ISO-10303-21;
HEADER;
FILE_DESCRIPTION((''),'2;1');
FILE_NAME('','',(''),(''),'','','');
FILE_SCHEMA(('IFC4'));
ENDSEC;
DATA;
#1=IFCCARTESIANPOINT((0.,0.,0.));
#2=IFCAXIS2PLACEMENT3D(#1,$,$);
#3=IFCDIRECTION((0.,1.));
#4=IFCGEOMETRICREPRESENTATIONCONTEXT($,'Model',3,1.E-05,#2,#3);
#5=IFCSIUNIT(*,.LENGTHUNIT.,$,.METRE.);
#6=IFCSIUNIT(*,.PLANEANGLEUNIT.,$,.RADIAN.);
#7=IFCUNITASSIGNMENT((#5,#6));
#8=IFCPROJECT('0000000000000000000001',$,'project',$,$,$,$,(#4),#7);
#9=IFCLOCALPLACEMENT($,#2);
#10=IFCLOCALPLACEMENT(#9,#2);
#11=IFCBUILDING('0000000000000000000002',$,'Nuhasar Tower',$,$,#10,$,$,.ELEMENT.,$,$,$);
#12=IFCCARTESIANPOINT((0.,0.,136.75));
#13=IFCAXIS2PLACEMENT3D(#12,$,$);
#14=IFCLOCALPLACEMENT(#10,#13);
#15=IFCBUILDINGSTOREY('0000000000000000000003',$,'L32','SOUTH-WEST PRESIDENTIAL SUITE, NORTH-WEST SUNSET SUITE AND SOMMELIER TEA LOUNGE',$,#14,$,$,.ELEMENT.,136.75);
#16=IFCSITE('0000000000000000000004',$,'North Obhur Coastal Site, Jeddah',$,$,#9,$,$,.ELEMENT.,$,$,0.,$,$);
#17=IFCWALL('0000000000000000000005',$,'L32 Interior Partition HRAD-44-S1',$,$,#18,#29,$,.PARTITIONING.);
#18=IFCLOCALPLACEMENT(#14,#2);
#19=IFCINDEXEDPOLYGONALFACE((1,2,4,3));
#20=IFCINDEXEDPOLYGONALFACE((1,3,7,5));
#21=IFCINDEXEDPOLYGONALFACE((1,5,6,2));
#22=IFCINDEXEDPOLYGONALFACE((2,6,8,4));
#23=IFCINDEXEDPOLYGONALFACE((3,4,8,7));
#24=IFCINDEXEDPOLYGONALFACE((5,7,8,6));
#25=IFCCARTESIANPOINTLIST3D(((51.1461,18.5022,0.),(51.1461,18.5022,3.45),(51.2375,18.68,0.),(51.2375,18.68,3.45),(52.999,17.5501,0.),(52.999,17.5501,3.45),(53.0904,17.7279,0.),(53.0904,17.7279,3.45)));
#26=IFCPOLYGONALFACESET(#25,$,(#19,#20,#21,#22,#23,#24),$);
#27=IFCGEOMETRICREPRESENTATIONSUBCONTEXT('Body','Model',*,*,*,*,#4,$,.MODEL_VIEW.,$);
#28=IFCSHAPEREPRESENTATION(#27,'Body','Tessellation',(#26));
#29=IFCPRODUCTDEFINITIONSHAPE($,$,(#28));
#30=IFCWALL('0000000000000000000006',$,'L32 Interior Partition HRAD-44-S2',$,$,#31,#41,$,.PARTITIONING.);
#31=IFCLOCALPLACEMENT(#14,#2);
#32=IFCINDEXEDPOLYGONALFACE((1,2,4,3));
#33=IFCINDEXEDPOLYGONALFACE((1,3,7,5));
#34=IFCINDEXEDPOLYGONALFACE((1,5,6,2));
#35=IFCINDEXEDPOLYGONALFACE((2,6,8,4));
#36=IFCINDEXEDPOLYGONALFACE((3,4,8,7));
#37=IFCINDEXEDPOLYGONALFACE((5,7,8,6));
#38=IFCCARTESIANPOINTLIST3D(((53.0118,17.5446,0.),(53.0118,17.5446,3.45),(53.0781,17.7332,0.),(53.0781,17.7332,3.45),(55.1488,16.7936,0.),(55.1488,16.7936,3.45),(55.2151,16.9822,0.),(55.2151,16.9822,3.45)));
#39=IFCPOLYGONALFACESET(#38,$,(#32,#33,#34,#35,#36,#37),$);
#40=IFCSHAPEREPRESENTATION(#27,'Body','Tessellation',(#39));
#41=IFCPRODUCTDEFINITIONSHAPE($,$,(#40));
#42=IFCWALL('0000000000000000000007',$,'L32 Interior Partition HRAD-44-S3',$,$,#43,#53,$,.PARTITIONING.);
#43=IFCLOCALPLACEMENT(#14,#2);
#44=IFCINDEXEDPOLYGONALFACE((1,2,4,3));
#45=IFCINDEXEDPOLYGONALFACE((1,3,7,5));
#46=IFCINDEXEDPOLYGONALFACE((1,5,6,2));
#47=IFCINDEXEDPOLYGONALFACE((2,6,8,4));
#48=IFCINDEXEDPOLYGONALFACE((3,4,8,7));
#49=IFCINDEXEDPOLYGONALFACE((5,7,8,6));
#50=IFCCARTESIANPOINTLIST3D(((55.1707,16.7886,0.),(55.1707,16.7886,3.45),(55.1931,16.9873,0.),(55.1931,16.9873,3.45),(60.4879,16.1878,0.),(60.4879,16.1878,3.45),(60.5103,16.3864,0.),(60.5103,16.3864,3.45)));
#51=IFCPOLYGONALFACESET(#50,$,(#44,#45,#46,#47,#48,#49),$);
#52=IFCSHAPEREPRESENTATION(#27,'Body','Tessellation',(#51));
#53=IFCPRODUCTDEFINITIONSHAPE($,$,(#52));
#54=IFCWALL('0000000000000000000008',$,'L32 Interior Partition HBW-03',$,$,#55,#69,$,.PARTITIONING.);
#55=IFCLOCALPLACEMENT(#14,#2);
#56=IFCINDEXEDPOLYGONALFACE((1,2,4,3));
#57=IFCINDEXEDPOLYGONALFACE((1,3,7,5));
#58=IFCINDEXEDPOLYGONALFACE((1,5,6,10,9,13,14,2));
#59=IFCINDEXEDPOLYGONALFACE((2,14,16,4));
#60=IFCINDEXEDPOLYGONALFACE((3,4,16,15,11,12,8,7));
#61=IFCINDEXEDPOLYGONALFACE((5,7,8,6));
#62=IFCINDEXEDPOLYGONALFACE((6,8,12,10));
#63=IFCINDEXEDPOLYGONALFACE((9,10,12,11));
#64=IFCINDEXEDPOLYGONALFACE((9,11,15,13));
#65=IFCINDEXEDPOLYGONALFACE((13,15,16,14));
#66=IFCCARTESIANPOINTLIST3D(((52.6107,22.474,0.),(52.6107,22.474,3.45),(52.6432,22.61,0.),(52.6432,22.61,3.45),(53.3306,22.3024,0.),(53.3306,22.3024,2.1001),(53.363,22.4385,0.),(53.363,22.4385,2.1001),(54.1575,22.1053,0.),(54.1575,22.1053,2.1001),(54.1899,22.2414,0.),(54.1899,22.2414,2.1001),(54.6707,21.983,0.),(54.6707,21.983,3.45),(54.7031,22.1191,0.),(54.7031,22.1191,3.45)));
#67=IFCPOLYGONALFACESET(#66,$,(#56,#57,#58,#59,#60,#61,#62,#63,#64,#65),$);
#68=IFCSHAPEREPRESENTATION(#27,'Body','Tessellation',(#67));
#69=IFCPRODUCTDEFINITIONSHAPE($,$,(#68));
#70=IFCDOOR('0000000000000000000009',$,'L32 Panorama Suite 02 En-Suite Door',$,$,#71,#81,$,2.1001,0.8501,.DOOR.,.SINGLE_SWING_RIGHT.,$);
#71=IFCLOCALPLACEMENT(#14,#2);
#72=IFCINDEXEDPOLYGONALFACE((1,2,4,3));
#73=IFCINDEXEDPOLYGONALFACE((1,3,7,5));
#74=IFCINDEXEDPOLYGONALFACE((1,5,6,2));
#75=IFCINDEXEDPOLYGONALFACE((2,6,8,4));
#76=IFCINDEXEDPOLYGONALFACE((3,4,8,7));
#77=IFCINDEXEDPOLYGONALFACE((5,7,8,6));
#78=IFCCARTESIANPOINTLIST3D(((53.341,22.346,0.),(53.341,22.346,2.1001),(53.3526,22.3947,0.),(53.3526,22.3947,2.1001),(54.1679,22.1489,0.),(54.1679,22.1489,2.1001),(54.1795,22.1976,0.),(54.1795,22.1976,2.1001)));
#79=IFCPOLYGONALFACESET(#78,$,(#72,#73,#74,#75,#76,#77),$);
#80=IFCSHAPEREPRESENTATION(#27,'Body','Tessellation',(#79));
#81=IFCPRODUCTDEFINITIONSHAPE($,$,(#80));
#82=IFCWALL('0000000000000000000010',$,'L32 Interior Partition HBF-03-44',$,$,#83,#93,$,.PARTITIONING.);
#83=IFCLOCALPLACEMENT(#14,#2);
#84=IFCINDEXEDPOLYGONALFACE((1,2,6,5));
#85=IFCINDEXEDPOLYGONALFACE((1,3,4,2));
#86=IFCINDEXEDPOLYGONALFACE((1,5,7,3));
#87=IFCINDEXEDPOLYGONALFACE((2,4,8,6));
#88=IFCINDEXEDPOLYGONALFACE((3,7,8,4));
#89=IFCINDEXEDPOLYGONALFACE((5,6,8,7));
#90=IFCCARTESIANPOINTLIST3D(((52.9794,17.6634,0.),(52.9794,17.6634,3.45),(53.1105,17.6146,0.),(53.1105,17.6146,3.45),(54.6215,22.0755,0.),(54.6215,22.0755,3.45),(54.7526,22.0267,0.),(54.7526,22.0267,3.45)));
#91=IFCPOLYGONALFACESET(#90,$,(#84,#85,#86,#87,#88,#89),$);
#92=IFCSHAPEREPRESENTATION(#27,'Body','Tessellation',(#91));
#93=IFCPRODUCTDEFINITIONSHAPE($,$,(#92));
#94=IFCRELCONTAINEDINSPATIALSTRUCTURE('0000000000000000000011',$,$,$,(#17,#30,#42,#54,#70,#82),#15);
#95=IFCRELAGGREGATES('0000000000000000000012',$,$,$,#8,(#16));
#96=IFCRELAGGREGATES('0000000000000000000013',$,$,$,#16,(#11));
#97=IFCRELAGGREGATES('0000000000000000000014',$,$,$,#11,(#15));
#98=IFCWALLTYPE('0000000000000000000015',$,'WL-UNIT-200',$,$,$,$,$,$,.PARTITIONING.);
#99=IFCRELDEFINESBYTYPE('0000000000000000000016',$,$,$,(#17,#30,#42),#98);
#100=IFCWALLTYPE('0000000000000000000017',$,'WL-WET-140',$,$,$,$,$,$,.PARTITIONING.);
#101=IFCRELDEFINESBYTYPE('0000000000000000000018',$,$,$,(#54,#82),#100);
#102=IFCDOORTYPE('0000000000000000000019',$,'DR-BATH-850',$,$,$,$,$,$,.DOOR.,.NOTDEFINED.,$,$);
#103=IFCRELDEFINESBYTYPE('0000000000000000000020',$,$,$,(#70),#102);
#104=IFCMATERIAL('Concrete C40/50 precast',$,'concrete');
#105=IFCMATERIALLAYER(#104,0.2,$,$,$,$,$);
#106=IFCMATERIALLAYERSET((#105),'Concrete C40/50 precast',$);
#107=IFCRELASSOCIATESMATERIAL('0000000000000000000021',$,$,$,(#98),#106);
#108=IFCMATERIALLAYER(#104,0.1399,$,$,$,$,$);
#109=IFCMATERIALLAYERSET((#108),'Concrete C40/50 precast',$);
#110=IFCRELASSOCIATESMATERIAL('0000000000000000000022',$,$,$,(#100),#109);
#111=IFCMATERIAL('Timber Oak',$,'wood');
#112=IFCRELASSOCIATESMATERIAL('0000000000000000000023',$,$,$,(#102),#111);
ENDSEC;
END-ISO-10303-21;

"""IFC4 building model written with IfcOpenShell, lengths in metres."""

from ifc_helpers import new_model, si_unit, direction, frame, frame_2d, origin, place, context, subcontext, project, spatial, rectangle, extrude, material, layer, layer_set, type_object, element, fill, save


model = new_model("IFC4")

# Units and contexts
model_context = context("Model", 3, precision=1e-05, world=origin(), true_north=direction((0.0, 1.0)))
body_context = subcontext(model_context, "Body", "Model", "MODEL_VIEW")
ifc_project = project(units=[si_unit("LENGTHUNIT", "METRE"), si_unit("PLANEANGLEUNIT", "RADIAN")], contexts=[model_context])

# Site, building, storey
site_placement = place(None, origin())
site = spatial("IfcSite", under=ifc_project, at=site_placement, Name="North Obhur Coastal Site, Jeddah", CompositionType="ELEMENT", RefElevation=0.0)
building_placement = place(site_placement, origin())
building = spatial("IfcBuilding", under=site, at=building_placement, Name="Nuhasar Tower", CompositionType="ELEMENT")
storey_placement = place(building_placement, frame((0.0, 0.0, 136.75)))
storey = spatial("IfcBuildingStorey", under=building, at=storey_placement, Name="L32", Description="SOUTH-WEST PRESIDENTIAL SUITE, NORTH-WEST SUNSET SUITE AND SOMMELIER TEA LOUNGE", CompositionType="ELEMENT", Elevation=136.75)

# Walls
ifc_material_1 = material(Name="Concrete C40/50 precast", Category="concrete")
ifc_layer_1 = layer(ifc_material_1, 0.2)
ifc_layer_set_1 = layer_set([ifc_layer_1], Name="Concrete C40/50 precast")
wall_type_1 = type_object("IfcWallType", Name="WL-UNIT-200", PredefinedType="PARTITIONING", material=ifc_layer_set_1)
wall_1_placement = place(storey_placement, frame((51.1919, 18.5911, 0.0), z_axis=(0.0, 0.0, 1.0), x_axis=(0.889451, -0.45703, 0.0)))
element("IfcWall", 1, at=wall_1_placement, inside=storey, type_object=wall_type_1, Name="L32 Interior Partition HRAD-44-S1", PredefinedType="PARTITIONING", context=body_context, shape_type="SweptSolid", body=[
    extrude(rectangle(XDim=2.0833, YDim=0.2, at=frame_2d((1.0415, 0.0))), origin(), (0.0, 0.0, 1.0), 3.45),
])
wall_2_placement = place(storey_placement, frame((53.0449, 17.6389, 0.0), z_axis=(0.0, 0.0, 1.0), x_axis=(0.943439, -0.331546, 0.0)))
element("IfcWall", 2, at=wall_2_placement, inside=storey, type_object=wall_type_1, Name="L32 Interior Partition HRAD-44-S2", PredefinedType="PARTITIONING", context=body_context, shape_type="SweptSolid", body=[
    extrude(rectangle(XDim=2.2651, YDim=0.2, at=frame_2d((1.1326, 0.0))), origin(), (0.0, 0.0, 1.0), 3.45),
])
wall_3_placement = place(storey_placement, frame((55.1819, 16.8879, 0.0), z_axis=(0.0, 0.0, 1.0), x_axis=(0.993676, -0.112284, 0.0)))
element("IfcWall", 3, at=wall_3_placement, inside=storey, type_object=wall_type_1, Name="L32 Interior Partition HRAD-44-S3", PredefinedType="PARTITIONING", context=body_context, shape_type="SweptSolid", body=[
    extrude(rectangle(XDim=5.3511, YDim=0.2, at=frame_2d((2.6755, 0.0))), origin(), (0.0, 0.0, 1.0), 3.45),
])

# Wall, opening, door
ifc_layer_2 = layer(ifc_material_1, 0.1399)
ifc_layer_set_2 = layer_set([ifc_layer_2], Name="Concrete C40/50 precast")
wall_type_2 = type_object("IfcWallType", Name="WL-WET-140", PredefinedType="PARTITIONING", material=ifc_layer_set_2)
wall_4_placement = place(storey_placement, frame((52.627, 22.542, 0.0), z_axis=(0.0, 0.0, 1.0), x_axis=(0.972755, -0.231834, 0.0)))
wall_4 = element("IfcWall", 4, at=wall_4_placement, inside=storey, type_object=wall_type_2, Name="L32 Interior Partition HBW-03", PredefinedType="PARTITIONING", context=body_context, shape_type="SweptSolid", body=[
    extrude(rectangle(XDim=2.1177, YDim=0.1399, at=frame_2d((1.0588, 0.0))), origin(), (0.0, 0.0, 1.0), 3.45),
])
opening_1_placement = place(wall_4_placement, frame((0.74, 0.0, 0.0)))
opening_1 = element("IfcOpeningElement", 5, at=opening_1_placement, cuts=wall_4, PredefinedType="OPENING", context=body_context, shape_type="SweptSolid", body=[
    extrude(rectangle(XDim=0.8501, YDim=2.1001, at=frame_2d((0.425, 1.05))), frame((0.0, 0.0801, 0.0), z_axis=(0.0, -1.0, 0.0), x_axis=(1.0, 0.0, 0.0)), (0.0, 0.0, 1.0), 0.1599),
])
ifc_material_2 = material(Name="Timber Oak", Category="wood")
door_type_1 = type_object("IfcDoorType", Name="DR-BATH-850", OperationType="NOTDEFINED", PredefinedType="DOOR", material=ifc_material_2)
door_1_placement = place(opening_1_placement, origin())
door_1 = element("IfcDoor", 6, at=door_1_placement, inside=storey, type_object=door_type_1, Name="L32 Panorama Suite 02 En-Suite Door", OperationType="SINGLE_SWING_RIGHT", OverallHeight=2.1001, OverallWidth=0.8501, PredefinedType="DOOR", context=body_context, shape_type="SweptSolid", body=[
    extrude(rectangle(XDim=0.8501, YDim=2.1001, at=frame_2d((0.425, 1.05))), frame((0.0, 0.0249, 0.0), z_axis=(0.0, -1.0, 0.0), x_axis=(1.0, 0.0, 0.0)), (0.0, 0.0, 1.0), 0.05),
])
fill(opening_1, door_1)

# Wall
wall_5_placement = place(storey_placement, frame((53.0449, 17.6389, 0.0), z_axis=(0.0, 0.0, 1.0), x_axis=(0.348804, 0.937196, 0.0)))
element("IfcWall", 7, at=wall_5_placement, inside=storey, type_object=wall_type_2, Name="L32 Interior Partition HBF-03-44", PredefinedType="PARTITIONING", context=body_context, shape_type="SweptSolid", body=[
    extrude(rectangle(XDim=4.7078, YDim=0.1399, at=frame_2d((2.354, 0.0))), origin(), (0.0, 0.0, 1.0), 3.45),
])

save(model, "model.ifc")
